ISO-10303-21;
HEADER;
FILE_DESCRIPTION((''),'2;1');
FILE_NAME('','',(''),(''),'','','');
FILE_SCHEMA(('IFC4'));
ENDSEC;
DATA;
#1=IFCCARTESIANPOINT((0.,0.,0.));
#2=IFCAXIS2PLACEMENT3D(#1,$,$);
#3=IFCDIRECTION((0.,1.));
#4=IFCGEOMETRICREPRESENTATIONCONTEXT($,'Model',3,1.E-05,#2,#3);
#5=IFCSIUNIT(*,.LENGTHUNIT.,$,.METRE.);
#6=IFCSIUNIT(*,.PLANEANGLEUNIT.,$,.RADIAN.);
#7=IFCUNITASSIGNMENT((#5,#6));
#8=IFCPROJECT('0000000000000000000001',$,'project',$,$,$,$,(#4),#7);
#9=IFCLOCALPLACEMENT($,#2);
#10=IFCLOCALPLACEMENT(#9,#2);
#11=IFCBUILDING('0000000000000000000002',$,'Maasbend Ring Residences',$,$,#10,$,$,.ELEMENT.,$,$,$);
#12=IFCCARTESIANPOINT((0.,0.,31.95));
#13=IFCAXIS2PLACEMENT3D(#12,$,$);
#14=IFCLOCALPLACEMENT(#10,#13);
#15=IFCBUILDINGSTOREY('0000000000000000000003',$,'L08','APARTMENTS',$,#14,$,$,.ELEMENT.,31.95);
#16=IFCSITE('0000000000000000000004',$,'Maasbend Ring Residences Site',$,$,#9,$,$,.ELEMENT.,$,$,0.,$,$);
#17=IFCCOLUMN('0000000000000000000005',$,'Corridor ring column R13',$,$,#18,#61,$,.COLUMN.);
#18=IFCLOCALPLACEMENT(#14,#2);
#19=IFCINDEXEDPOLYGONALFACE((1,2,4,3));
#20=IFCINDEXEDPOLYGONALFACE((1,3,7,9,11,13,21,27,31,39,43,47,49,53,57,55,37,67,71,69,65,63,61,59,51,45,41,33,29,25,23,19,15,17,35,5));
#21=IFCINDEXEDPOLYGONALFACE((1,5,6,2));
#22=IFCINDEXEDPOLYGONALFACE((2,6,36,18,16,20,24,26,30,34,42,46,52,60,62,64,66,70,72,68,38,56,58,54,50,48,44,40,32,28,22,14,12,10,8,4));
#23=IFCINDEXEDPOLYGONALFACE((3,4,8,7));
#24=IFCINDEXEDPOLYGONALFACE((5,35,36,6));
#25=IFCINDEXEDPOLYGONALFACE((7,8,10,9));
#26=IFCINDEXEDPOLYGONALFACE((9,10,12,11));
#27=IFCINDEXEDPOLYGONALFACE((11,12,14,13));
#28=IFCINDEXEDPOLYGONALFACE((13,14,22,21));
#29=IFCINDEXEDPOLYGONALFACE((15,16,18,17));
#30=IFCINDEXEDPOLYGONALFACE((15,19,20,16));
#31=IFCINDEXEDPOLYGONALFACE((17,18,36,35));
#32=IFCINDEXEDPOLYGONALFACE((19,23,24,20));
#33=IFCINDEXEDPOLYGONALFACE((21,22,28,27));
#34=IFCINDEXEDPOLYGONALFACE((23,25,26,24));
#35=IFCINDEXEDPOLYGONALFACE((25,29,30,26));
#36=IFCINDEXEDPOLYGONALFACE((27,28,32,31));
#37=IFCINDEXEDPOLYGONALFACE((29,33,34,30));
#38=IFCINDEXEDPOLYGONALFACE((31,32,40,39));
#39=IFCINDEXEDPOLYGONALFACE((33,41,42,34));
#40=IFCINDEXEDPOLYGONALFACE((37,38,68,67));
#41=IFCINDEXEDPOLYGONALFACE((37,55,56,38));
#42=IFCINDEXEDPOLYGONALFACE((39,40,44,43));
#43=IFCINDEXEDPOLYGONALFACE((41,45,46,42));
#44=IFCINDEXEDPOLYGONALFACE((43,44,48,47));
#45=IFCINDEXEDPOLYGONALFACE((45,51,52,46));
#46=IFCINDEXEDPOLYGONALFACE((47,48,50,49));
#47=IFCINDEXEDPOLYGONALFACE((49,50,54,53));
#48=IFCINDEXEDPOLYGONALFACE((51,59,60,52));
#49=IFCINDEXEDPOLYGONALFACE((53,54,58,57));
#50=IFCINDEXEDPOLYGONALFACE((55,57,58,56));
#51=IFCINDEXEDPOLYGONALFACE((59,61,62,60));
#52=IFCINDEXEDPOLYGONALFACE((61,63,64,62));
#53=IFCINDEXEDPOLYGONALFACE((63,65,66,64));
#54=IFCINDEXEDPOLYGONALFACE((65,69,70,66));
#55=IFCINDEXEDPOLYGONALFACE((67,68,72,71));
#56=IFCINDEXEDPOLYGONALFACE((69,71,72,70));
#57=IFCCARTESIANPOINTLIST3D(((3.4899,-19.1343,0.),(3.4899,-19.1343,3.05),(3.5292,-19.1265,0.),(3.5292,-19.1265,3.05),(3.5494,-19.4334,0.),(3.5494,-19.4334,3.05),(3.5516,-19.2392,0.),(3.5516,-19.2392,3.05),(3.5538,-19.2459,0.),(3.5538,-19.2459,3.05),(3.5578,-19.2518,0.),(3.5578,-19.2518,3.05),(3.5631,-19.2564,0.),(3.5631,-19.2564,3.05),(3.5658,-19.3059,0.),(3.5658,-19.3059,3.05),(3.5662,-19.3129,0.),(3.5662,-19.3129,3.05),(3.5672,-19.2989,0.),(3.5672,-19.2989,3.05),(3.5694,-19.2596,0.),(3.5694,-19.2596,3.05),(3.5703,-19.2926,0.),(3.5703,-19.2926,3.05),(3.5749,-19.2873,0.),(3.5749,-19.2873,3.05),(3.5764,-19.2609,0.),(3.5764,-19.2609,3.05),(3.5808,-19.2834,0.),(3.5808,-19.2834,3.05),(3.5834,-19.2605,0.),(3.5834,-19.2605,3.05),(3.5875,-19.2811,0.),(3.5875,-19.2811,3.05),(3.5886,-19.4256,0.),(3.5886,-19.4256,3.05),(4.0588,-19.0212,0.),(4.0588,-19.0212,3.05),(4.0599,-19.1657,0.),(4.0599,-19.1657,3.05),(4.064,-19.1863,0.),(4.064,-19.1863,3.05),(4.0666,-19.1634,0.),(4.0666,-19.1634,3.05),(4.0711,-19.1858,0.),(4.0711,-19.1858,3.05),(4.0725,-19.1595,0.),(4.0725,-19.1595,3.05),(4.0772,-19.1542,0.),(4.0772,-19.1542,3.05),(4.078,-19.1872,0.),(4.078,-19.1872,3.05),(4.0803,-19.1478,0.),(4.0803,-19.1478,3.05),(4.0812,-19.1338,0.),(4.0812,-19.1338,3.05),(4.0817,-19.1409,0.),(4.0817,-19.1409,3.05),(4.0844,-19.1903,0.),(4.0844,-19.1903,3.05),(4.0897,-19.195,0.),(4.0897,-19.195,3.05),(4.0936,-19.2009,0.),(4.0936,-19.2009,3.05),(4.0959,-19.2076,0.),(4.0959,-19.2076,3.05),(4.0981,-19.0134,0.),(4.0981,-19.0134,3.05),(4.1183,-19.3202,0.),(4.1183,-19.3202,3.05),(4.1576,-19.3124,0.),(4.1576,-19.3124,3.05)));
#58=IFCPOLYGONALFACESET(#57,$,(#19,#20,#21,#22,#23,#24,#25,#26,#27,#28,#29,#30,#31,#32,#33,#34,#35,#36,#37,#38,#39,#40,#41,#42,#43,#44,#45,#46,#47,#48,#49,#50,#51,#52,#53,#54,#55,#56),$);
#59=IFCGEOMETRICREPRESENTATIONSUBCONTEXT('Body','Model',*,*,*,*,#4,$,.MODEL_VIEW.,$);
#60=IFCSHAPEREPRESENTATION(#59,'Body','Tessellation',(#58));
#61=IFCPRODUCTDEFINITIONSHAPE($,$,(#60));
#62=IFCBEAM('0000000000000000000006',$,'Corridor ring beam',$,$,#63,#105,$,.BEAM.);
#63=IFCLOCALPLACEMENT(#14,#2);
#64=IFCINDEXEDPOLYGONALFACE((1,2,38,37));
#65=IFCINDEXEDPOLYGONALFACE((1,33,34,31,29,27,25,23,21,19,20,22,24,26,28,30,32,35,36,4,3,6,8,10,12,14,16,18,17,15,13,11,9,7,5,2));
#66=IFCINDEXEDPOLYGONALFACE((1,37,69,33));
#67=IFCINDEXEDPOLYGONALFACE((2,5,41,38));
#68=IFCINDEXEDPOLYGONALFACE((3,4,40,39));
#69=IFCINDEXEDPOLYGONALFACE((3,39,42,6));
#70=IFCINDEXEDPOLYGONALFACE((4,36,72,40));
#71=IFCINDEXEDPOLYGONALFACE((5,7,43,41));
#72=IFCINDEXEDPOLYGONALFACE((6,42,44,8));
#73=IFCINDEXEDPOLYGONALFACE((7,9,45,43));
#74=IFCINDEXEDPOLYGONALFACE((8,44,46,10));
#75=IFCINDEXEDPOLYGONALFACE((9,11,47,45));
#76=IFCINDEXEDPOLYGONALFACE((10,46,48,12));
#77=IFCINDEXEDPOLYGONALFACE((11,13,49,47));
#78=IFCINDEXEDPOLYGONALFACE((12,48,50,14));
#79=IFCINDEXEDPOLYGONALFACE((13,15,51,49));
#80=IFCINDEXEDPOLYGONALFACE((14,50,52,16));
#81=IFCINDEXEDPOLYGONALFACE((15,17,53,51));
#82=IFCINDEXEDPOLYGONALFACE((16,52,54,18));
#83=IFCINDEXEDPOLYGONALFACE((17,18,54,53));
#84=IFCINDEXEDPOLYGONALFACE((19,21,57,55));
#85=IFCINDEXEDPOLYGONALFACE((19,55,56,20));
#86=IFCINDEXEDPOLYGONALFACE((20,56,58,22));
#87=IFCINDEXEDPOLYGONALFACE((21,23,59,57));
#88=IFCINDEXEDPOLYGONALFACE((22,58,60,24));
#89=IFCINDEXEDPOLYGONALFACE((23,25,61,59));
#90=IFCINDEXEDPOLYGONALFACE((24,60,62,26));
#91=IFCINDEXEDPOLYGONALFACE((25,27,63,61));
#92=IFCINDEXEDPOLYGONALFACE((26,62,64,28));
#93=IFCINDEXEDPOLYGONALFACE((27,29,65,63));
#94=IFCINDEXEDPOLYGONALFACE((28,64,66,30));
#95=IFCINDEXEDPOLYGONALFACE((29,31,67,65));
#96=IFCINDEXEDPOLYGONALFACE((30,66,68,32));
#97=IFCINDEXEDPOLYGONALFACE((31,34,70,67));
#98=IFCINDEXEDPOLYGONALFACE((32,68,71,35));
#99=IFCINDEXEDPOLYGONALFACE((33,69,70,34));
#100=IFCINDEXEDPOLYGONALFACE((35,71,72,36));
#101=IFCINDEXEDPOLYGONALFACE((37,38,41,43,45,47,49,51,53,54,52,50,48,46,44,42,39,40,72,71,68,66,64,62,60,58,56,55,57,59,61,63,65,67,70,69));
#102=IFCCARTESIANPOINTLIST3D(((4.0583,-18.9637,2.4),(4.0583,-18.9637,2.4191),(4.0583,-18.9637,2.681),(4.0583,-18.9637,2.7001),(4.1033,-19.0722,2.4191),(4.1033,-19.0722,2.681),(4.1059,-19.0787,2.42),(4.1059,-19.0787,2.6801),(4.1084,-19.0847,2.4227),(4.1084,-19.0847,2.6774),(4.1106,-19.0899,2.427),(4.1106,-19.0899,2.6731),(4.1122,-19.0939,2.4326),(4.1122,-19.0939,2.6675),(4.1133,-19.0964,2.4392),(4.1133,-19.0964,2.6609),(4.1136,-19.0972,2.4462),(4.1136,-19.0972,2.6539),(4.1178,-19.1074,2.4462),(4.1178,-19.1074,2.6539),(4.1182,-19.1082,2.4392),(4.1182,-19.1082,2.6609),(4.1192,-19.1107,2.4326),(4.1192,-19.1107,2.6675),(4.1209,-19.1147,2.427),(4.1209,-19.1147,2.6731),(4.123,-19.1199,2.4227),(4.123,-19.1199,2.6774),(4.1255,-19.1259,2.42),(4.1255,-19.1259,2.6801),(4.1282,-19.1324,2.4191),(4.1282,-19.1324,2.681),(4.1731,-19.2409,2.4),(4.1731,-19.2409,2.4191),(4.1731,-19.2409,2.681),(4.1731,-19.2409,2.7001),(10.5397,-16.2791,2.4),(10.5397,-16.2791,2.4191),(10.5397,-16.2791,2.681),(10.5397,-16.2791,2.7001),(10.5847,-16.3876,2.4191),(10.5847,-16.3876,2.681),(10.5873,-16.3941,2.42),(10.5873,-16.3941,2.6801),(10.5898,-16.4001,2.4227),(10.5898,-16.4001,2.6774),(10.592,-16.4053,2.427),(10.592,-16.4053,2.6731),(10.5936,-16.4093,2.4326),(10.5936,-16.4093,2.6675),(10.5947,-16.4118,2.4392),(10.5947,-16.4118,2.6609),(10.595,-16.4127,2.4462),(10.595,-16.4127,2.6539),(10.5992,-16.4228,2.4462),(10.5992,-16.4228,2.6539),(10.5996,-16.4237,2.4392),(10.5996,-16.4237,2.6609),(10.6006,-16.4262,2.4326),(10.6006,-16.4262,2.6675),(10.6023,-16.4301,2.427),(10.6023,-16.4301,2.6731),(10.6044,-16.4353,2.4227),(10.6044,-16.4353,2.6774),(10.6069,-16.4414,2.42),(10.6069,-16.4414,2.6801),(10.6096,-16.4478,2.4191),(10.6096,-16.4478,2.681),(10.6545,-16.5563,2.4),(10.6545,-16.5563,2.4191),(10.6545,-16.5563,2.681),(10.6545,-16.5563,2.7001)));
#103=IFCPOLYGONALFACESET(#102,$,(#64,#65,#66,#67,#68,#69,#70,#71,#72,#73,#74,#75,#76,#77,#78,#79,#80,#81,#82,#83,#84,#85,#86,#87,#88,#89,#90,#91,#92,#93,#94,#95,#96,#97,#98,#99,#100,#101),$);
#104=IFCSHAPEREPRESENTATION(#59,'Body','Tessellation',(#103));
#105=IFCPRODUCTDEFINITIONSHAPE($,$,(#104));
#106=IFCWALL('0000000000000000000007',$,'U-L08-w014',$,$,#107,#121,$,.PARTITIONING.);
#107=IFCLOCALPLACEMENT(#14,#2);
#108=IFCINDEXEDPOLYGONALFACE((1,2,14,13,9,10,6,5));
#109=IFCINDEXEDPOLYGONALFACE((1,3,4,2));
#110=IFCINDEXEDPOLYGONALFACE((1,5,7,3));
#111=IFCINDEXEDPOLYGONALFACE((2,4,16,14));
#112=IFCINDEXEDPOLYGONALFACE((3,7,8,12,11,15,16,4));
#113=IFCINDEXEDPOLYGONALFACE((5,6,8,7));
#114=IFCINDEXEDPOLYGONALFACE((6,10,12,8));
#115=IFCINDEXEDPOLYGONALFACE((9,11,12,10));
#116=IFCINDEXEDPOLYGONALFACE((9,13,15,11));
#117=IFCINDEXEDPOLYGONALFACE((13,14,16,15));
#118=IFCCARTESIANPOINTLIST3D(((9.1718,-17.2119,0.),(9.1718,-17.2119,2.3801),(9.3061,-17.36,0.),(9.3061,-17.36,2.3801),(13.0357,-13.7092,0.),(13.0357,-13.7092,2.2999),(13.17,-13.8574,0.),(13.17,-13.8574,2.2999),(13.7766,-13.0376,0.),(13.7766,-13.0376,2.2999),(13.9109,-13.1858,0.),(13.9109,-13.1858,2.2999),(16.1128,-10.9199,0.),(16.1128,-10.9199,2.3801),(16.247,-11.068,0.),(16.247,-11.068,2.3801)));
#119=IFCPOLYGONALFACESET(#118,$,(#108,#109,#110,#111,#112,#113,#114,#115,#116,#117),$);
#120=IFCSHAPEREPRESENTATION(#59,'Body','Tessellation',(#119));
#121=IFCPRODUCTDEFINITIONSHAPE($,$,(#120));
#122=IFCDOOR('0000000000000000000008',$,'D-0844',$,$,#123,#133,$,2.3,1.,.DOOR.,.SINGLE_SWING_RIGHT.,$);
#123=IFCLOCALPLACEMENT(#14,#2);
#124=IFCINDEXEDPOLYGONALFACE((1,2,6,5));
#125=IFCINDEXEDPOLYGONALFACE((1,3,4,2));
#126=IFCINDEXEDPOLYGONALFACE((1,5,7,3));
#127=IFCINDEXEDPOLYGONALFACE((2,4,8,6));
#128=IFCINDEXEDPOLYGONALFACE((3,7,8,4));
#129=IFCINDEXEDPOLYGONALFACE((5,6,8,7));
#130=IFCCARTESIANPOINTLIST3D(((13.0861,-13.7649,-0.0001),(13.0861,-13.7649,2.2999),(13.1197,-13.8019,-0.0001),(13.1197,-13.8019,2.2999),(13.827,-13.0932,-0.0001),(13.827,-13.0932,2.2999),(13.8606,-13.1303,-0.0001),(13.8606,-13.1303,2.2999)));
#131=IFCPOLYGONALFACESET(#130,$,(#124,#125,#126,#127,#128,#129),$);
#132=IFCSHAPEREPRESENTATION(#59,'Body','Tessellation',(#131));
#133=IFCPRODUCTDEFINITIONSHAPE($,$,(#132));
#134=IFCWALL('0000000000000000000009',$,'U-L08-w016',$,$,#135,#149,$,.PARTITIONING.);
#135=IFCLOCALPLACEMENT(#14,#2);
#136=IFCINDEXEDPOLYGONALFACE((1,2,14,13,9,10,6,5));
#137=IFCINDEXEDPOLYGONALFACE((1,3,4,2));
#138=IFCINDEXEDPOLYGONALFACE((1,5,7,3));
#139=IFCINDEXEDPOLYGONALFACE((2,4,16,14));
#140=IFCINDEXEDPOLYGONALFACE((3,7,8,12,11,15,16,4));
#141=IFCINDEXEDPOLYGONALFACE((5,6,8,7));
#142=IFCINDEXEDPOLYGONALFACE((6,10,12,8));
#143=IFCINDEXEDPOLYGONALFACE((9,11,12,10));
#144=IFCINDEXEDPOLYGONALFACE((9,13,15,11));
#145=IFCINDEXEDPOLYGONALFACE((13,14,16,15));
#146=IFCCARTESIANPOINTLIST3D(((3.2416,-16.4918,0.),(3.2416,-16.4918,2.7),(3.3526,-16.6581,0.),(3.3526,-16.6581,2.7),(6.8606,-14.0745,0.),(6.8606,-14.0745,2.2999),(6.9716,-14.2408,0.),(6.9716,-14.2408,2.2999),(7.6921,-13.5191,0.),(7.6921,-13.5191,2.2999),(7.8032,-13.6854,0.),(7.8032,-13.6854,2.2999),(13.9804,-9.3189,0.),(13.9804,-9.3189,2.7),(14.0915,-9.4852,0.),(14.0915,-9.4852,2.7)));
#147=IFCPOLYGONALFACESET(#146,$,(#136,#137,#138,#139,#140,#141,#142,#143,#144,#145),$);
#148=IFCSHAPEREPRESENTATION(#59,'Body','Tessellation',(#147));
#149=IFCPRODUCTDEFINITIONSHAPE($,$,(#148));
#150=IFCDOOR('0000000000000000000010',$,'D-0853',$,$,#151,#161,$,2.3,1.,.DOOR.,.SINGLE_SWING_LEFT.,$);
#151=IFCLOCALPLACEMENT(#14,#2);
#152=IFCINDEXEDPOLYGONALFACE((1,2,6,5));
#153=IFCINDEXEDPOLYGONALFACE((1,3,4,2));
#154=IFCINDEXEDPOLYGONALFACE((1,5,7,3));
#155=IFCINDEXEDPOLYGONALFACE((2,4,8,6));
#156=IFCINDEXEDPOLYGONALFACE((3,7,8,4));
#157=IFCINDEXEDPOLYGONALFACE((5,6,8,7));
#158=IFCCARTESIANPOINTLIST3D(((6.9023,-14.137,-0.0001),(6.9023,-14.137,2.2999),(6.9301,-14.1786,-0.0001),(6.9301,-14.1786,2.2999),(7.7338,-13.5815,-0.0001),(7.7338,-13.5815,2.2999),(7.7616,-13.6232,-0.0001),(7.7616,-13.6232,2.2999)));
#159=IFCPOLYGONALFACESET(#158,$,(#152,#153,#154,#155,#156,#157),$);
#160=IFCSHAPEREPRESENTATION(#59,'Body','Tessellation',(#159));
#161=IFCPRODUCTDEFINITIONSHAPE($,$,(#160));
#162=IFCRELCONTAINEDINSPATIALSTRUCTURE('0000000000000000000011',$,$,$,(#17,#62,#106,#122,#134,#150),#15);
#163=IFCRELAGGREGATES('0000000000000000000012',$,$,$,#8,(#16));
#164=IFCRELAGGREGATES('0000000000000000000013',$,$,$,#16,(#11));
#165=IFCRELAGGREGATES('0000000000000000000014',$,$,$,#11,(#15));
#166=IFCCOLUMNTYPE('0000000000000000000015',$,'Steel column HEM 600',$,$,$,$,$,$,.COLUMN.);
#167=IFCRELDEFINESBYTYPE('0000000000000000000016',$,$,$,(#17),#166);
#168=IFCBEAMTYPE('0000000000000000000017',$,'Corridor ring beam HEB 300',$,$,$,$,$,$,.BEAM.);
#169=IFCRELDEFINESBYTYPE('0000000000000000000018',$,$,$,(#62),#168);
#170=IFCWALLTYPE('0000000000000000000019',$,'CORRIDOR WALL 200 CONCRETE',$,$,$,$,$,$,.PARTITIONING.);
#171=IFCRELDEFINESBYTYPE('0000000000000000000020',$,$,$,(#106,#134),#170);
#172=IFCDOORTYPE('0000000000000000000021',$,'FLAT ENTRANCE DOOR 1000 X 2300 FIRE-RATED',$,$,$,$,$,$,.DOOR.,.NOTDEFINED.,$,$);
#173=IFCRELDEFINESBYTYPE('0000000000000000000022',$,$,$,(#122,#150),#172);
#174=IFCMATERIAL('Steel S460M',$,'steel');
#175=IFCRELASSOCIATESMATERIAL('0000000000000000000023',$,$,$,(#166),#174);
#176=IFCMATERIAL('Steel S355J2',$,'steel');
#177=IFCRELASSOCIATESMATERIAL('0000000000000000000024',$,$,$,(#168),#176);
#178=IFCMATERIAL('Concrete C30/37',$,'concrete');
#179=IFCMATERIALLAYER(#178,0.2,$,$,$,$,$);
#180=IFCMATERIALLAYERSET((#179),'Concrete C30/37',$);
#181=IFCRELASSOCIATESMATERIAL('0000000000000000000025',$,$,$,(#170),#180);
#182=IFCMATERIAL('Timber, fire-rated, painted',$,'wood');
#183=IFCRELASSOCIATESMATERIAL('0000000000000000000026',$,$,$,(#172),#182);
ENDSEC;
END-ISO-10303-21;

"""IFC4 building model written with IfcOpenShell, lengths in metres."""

from ifc_helpers import new_model, si_unit, direction, frame, frame_2d, origin, origin_2d, place, context, subcontext, project, spatial, rectangle, i_section, extrude, material, layer, layer_set, material_profile, profile_set, type_object, element, fill, save


model = new_model("IFC4")

# Units and contexts
model_context = context("Model", 3, precision=1e-05, world=origin(), true_north=direction((0.0, 1.0)))
body_context = subcontext(model_context, "Body", "Model", "MODEL_VIEW")
ifc_project = project(units=[si_unit("LENGTHUNIT", "METRE"), si_unit("PLANEANGLEUNIT", "RADIAN")], contexts=[model_context])

# Site, building, storey
site_placement = place(None, origin())
site = spatial("IfcSite", under=ifc_project, at=site_placement, Name="Maasbend Ring Residences Site", CompositionType="ELEMENT", RefElevation=0.0)
building_placement = place(site_placement, origin())
building = spatial("IfcBuilding", under=site, at=building_placement, Name="Maasbend Ring Residences", CompositionType="ELEMENT")
storey_placement = place(building_placement, frame((0.0, 0.0, 31.95)))
storey = spatial("IfcBuildingStorey", under=building, at=storey_placement, Name="L08", Description="APARTMENTS", CompositionType="ELEMENT", Elevation=31.95)

# Column
ifc_material_1 = material(Name="Steel S460M", Category="steel")
ifc_material_profile_1 = material_profile(ifc_material_1, i_section(OverallWidth=0.3049, OverallDepth=0.6201, WebThickness=0.021, FlangeThickness=0.04, FilletRadius=0.0271, at=origin_2d()), Name="HEM 600")
ifc_profile_set_1 = profile_set([ifc_material_profile_1], Name="Steel S460M")
column_type = type_object("IfcColumnType", Name="Steel column HEM 600", PredefinedType="COLUMN", material=ifc_profile_set_1)
column_placement = place(storey_placement, frame((3.8237, -19.2234, 0.0), z_axis=(0.0, 0.0, 1.0), x_axis=(0.19509, -0.980785, 0.0)))
element("IfcColumn", 1, at=column_placement, inside=storey, type_object=column_type, Name="Corridor ring column R13", PredefinedType="COLUMN", context=body_context, shape_type="SweptSolid", body=[
    extrude(i_section(OverallWidth=0.3049, OverallDepth=0.6201, WebThickness=0.021, FlangeThickness=0.04, FilletRadius=0.0271, at=origin_2d()), origin(), (0.0, 0.0, 1.0), 3.05),
])

# Beam
ifc_material_2 = material(Name="Steel S355J2", Category="steel")
ifc_material_profile_2 = material_profile(ifc_material_2, i_section(OverallWidth=0.3, OverallDepth=0.3, WebThickness=0.011, FlangeThickness=0.019, FilletRadius=0.0271, at=origin_2d()), Name="HEB 300")
ifc_profile_set_2 = profile_set([ifc_material_profile_2], Name="Steel S355J2")
beam_type = type_object("IfcBeamType", Name="Corridor ring beam HEB 300", PredefinedType="BEAM", material=ifc_profile_set_2)
beam_placement = place(storey_placement, frame((4.1157, -19.1023, 2.55), z_axis=(0.923886, 0.382667, 0.0), x_axis=(-0.382667, 0.923886, 0.0)))
element("IfcBeam", 2, at=beam_placement, inside=storey, type_object=beam_type, Name="Corridor ring beam", PredefinedType="BEAM", context=body_context, shape_type="SweptSolid", body=[
    extrude(i_section(OverallWidth=0.3, OverallDepth=0.3, WebThickness=0.011, FlangeThickness=0.019, FilletRadius=0.0271, at=origin_2d()), origin(), (0.0, 0.0, 1.0), 7.0154),
])

# Walls, openings, doors
ifc_material_3 = material(Name="Concrete C30/37", Category="concrete")
ifc_layer_1 = layer(ifc_material_3, 0.2)
ifc_layer_set_1 = layer_set([ifc_layer_1], Name="Concrete C30/37")
wall_type_1 = type_object("IfcWallType", Name="CORRIDOR WALL 200 CONCRETE", PredefinedType="PARTITIONING", material=ifc_layer_set_1)
wall_1_placement = place(storey_placement, frame((9.239, -17.2859, 0.0), z_axis=(0.0, 0.0, 1.0), x_axis=(0.740892, 0.671624, 0.0)))
wall_1 = element("IfcWall", 3, at=wall_1_placement, inside=storey, type_object=wall_type_1, Name="U-L08-w014", PredefinedType="PARTITIONING", context=body_context, shape_type="SweptSolid", body=[
    extrude(rectangle(XDim=9.3684, YDim=0.2, at=frame_2d((4.6841, 0.0))), origin(), (0.0, 0.0, 1.0), 2.3801),
])
opening_1_placement = place(wall_1_placement, frame((5.2151, 0.0, 0.0)))
opening_1 = element("IfcOpeningElement", 4, at=opening_1_placement, cuts=wall_1, PredefinedType="OPENING", context=body_context, shape_type="SweptSolid", body=[
    extrude(rectangle(XDim=1.0, YDim=2.3, at=frame_2d((0.5, 1.1499))), frame((0.0, 0.1099, 0.0), z_axis=(0.0, -1.0, 0.0), x_axis=(1.0, 0.0, 0.0)), (0.0, 0.0, 1.0), 0.22),
])
ifc_material_4 = material(Name="Timber, fire-rated, painted", Category="wood")
door_type_1 = type_object("IfcDoorType", Name="FLAT ENTRANCE DOOR 1000 X 2300 FIRE-RATED", OperationType="NOTDEFINED", PredefinedType="DOOR", material=ifc_material_4)
door_1_placement = place(opening_1_placement, origin())
door_1 = element("IfcDoor", 5, at=door_1_placement, inside=storey, type_object=door_type_1, Name="D-0844", OperationType="SINGLE_SWING_RIGHT", OverallHeight=2.3, OverallWidth=1.0, PredefinedType="DOOR", context=body_context, shape_type="SweptSolid", body=[
    extrude(rectangle(XDim=1.0, YDim=2.3, at=frame_2d((0.5, 1.1499))), frame((0.0, 0.0249, 0.0), z_axis=(0.0, -1.0, 0.0), x_axis=(1.0, 0.0, 0.0)), (0.0, 0.0, 1.0), 0.05),
])
fill(opening_1, door_1)
wall_2_placement = place(storey_placement, frame((3.2971, -16.575, 0.0), z_axis=(0.0, 0.0, 1.0), x_axis=(0.831561, 0.555433, 0.0)))
wall_2 = element("IfcWall", 6, at=wall_2_placement, inside=storey, type_object=wall_type_1, Name="U-L08-w016", PredefinedType="PARTITIONING", context=body_context, shape_type="SweptSolid", body=[
    extrude(rectangle(XDim=12.9141, YDim=0.2, at=frame_2d((6.457, 0.0))), origin(), (0.0, 0.0, 1.0), 2.7),
])
opening_2_placement = place(wall_2_placement, frame((4.3521, 0.0, 0.0)))
opening_2 = element("IfcOpeningElement", 7, at=opening_2_placement, cuts=wall_2, PredefinedType="OPENING", context=body_context, shape_type="SweptSolid", body=[
    extrude(rectangle(XDim=1.0, YDim=2.3, at=frame_2d((0.5, 1.1499))), frame((0.0, 0.1099, 0.0), z_axis=(0.0, -1.0, 0.0), x_axis=(1.0, 0.0, 0.0)), (0.0, 0.0, 1.0), 0.22),
])
door_2_placement = place(opening_2_placement, origin())
door_2 = element("IfcDoor", 8, at=door_2_placement, inside=storey, type_object=door_type_1, Name="D-0853", OperationType="SINGLE_SWING_LEFT", OverallHeight=2.3, OverallWidth=1.0, PredefinedType="DOOR", context=body_context, shape_type="SweptSolid", body=[
    extrude(rectangle(XDim=1.0, YDim=2.3, at=frame_2d((0.5, 1.1499))), frame((0.0, 0.0249, 0.0), z_axis=(0.0, -1.0, 0.0), x_axis=(1.0, 0.0, 0.0)), (0.0, 0.0, 1.0), 0.05),
])
fill(opening_2, door_2)

save(model, "model.ifc")
